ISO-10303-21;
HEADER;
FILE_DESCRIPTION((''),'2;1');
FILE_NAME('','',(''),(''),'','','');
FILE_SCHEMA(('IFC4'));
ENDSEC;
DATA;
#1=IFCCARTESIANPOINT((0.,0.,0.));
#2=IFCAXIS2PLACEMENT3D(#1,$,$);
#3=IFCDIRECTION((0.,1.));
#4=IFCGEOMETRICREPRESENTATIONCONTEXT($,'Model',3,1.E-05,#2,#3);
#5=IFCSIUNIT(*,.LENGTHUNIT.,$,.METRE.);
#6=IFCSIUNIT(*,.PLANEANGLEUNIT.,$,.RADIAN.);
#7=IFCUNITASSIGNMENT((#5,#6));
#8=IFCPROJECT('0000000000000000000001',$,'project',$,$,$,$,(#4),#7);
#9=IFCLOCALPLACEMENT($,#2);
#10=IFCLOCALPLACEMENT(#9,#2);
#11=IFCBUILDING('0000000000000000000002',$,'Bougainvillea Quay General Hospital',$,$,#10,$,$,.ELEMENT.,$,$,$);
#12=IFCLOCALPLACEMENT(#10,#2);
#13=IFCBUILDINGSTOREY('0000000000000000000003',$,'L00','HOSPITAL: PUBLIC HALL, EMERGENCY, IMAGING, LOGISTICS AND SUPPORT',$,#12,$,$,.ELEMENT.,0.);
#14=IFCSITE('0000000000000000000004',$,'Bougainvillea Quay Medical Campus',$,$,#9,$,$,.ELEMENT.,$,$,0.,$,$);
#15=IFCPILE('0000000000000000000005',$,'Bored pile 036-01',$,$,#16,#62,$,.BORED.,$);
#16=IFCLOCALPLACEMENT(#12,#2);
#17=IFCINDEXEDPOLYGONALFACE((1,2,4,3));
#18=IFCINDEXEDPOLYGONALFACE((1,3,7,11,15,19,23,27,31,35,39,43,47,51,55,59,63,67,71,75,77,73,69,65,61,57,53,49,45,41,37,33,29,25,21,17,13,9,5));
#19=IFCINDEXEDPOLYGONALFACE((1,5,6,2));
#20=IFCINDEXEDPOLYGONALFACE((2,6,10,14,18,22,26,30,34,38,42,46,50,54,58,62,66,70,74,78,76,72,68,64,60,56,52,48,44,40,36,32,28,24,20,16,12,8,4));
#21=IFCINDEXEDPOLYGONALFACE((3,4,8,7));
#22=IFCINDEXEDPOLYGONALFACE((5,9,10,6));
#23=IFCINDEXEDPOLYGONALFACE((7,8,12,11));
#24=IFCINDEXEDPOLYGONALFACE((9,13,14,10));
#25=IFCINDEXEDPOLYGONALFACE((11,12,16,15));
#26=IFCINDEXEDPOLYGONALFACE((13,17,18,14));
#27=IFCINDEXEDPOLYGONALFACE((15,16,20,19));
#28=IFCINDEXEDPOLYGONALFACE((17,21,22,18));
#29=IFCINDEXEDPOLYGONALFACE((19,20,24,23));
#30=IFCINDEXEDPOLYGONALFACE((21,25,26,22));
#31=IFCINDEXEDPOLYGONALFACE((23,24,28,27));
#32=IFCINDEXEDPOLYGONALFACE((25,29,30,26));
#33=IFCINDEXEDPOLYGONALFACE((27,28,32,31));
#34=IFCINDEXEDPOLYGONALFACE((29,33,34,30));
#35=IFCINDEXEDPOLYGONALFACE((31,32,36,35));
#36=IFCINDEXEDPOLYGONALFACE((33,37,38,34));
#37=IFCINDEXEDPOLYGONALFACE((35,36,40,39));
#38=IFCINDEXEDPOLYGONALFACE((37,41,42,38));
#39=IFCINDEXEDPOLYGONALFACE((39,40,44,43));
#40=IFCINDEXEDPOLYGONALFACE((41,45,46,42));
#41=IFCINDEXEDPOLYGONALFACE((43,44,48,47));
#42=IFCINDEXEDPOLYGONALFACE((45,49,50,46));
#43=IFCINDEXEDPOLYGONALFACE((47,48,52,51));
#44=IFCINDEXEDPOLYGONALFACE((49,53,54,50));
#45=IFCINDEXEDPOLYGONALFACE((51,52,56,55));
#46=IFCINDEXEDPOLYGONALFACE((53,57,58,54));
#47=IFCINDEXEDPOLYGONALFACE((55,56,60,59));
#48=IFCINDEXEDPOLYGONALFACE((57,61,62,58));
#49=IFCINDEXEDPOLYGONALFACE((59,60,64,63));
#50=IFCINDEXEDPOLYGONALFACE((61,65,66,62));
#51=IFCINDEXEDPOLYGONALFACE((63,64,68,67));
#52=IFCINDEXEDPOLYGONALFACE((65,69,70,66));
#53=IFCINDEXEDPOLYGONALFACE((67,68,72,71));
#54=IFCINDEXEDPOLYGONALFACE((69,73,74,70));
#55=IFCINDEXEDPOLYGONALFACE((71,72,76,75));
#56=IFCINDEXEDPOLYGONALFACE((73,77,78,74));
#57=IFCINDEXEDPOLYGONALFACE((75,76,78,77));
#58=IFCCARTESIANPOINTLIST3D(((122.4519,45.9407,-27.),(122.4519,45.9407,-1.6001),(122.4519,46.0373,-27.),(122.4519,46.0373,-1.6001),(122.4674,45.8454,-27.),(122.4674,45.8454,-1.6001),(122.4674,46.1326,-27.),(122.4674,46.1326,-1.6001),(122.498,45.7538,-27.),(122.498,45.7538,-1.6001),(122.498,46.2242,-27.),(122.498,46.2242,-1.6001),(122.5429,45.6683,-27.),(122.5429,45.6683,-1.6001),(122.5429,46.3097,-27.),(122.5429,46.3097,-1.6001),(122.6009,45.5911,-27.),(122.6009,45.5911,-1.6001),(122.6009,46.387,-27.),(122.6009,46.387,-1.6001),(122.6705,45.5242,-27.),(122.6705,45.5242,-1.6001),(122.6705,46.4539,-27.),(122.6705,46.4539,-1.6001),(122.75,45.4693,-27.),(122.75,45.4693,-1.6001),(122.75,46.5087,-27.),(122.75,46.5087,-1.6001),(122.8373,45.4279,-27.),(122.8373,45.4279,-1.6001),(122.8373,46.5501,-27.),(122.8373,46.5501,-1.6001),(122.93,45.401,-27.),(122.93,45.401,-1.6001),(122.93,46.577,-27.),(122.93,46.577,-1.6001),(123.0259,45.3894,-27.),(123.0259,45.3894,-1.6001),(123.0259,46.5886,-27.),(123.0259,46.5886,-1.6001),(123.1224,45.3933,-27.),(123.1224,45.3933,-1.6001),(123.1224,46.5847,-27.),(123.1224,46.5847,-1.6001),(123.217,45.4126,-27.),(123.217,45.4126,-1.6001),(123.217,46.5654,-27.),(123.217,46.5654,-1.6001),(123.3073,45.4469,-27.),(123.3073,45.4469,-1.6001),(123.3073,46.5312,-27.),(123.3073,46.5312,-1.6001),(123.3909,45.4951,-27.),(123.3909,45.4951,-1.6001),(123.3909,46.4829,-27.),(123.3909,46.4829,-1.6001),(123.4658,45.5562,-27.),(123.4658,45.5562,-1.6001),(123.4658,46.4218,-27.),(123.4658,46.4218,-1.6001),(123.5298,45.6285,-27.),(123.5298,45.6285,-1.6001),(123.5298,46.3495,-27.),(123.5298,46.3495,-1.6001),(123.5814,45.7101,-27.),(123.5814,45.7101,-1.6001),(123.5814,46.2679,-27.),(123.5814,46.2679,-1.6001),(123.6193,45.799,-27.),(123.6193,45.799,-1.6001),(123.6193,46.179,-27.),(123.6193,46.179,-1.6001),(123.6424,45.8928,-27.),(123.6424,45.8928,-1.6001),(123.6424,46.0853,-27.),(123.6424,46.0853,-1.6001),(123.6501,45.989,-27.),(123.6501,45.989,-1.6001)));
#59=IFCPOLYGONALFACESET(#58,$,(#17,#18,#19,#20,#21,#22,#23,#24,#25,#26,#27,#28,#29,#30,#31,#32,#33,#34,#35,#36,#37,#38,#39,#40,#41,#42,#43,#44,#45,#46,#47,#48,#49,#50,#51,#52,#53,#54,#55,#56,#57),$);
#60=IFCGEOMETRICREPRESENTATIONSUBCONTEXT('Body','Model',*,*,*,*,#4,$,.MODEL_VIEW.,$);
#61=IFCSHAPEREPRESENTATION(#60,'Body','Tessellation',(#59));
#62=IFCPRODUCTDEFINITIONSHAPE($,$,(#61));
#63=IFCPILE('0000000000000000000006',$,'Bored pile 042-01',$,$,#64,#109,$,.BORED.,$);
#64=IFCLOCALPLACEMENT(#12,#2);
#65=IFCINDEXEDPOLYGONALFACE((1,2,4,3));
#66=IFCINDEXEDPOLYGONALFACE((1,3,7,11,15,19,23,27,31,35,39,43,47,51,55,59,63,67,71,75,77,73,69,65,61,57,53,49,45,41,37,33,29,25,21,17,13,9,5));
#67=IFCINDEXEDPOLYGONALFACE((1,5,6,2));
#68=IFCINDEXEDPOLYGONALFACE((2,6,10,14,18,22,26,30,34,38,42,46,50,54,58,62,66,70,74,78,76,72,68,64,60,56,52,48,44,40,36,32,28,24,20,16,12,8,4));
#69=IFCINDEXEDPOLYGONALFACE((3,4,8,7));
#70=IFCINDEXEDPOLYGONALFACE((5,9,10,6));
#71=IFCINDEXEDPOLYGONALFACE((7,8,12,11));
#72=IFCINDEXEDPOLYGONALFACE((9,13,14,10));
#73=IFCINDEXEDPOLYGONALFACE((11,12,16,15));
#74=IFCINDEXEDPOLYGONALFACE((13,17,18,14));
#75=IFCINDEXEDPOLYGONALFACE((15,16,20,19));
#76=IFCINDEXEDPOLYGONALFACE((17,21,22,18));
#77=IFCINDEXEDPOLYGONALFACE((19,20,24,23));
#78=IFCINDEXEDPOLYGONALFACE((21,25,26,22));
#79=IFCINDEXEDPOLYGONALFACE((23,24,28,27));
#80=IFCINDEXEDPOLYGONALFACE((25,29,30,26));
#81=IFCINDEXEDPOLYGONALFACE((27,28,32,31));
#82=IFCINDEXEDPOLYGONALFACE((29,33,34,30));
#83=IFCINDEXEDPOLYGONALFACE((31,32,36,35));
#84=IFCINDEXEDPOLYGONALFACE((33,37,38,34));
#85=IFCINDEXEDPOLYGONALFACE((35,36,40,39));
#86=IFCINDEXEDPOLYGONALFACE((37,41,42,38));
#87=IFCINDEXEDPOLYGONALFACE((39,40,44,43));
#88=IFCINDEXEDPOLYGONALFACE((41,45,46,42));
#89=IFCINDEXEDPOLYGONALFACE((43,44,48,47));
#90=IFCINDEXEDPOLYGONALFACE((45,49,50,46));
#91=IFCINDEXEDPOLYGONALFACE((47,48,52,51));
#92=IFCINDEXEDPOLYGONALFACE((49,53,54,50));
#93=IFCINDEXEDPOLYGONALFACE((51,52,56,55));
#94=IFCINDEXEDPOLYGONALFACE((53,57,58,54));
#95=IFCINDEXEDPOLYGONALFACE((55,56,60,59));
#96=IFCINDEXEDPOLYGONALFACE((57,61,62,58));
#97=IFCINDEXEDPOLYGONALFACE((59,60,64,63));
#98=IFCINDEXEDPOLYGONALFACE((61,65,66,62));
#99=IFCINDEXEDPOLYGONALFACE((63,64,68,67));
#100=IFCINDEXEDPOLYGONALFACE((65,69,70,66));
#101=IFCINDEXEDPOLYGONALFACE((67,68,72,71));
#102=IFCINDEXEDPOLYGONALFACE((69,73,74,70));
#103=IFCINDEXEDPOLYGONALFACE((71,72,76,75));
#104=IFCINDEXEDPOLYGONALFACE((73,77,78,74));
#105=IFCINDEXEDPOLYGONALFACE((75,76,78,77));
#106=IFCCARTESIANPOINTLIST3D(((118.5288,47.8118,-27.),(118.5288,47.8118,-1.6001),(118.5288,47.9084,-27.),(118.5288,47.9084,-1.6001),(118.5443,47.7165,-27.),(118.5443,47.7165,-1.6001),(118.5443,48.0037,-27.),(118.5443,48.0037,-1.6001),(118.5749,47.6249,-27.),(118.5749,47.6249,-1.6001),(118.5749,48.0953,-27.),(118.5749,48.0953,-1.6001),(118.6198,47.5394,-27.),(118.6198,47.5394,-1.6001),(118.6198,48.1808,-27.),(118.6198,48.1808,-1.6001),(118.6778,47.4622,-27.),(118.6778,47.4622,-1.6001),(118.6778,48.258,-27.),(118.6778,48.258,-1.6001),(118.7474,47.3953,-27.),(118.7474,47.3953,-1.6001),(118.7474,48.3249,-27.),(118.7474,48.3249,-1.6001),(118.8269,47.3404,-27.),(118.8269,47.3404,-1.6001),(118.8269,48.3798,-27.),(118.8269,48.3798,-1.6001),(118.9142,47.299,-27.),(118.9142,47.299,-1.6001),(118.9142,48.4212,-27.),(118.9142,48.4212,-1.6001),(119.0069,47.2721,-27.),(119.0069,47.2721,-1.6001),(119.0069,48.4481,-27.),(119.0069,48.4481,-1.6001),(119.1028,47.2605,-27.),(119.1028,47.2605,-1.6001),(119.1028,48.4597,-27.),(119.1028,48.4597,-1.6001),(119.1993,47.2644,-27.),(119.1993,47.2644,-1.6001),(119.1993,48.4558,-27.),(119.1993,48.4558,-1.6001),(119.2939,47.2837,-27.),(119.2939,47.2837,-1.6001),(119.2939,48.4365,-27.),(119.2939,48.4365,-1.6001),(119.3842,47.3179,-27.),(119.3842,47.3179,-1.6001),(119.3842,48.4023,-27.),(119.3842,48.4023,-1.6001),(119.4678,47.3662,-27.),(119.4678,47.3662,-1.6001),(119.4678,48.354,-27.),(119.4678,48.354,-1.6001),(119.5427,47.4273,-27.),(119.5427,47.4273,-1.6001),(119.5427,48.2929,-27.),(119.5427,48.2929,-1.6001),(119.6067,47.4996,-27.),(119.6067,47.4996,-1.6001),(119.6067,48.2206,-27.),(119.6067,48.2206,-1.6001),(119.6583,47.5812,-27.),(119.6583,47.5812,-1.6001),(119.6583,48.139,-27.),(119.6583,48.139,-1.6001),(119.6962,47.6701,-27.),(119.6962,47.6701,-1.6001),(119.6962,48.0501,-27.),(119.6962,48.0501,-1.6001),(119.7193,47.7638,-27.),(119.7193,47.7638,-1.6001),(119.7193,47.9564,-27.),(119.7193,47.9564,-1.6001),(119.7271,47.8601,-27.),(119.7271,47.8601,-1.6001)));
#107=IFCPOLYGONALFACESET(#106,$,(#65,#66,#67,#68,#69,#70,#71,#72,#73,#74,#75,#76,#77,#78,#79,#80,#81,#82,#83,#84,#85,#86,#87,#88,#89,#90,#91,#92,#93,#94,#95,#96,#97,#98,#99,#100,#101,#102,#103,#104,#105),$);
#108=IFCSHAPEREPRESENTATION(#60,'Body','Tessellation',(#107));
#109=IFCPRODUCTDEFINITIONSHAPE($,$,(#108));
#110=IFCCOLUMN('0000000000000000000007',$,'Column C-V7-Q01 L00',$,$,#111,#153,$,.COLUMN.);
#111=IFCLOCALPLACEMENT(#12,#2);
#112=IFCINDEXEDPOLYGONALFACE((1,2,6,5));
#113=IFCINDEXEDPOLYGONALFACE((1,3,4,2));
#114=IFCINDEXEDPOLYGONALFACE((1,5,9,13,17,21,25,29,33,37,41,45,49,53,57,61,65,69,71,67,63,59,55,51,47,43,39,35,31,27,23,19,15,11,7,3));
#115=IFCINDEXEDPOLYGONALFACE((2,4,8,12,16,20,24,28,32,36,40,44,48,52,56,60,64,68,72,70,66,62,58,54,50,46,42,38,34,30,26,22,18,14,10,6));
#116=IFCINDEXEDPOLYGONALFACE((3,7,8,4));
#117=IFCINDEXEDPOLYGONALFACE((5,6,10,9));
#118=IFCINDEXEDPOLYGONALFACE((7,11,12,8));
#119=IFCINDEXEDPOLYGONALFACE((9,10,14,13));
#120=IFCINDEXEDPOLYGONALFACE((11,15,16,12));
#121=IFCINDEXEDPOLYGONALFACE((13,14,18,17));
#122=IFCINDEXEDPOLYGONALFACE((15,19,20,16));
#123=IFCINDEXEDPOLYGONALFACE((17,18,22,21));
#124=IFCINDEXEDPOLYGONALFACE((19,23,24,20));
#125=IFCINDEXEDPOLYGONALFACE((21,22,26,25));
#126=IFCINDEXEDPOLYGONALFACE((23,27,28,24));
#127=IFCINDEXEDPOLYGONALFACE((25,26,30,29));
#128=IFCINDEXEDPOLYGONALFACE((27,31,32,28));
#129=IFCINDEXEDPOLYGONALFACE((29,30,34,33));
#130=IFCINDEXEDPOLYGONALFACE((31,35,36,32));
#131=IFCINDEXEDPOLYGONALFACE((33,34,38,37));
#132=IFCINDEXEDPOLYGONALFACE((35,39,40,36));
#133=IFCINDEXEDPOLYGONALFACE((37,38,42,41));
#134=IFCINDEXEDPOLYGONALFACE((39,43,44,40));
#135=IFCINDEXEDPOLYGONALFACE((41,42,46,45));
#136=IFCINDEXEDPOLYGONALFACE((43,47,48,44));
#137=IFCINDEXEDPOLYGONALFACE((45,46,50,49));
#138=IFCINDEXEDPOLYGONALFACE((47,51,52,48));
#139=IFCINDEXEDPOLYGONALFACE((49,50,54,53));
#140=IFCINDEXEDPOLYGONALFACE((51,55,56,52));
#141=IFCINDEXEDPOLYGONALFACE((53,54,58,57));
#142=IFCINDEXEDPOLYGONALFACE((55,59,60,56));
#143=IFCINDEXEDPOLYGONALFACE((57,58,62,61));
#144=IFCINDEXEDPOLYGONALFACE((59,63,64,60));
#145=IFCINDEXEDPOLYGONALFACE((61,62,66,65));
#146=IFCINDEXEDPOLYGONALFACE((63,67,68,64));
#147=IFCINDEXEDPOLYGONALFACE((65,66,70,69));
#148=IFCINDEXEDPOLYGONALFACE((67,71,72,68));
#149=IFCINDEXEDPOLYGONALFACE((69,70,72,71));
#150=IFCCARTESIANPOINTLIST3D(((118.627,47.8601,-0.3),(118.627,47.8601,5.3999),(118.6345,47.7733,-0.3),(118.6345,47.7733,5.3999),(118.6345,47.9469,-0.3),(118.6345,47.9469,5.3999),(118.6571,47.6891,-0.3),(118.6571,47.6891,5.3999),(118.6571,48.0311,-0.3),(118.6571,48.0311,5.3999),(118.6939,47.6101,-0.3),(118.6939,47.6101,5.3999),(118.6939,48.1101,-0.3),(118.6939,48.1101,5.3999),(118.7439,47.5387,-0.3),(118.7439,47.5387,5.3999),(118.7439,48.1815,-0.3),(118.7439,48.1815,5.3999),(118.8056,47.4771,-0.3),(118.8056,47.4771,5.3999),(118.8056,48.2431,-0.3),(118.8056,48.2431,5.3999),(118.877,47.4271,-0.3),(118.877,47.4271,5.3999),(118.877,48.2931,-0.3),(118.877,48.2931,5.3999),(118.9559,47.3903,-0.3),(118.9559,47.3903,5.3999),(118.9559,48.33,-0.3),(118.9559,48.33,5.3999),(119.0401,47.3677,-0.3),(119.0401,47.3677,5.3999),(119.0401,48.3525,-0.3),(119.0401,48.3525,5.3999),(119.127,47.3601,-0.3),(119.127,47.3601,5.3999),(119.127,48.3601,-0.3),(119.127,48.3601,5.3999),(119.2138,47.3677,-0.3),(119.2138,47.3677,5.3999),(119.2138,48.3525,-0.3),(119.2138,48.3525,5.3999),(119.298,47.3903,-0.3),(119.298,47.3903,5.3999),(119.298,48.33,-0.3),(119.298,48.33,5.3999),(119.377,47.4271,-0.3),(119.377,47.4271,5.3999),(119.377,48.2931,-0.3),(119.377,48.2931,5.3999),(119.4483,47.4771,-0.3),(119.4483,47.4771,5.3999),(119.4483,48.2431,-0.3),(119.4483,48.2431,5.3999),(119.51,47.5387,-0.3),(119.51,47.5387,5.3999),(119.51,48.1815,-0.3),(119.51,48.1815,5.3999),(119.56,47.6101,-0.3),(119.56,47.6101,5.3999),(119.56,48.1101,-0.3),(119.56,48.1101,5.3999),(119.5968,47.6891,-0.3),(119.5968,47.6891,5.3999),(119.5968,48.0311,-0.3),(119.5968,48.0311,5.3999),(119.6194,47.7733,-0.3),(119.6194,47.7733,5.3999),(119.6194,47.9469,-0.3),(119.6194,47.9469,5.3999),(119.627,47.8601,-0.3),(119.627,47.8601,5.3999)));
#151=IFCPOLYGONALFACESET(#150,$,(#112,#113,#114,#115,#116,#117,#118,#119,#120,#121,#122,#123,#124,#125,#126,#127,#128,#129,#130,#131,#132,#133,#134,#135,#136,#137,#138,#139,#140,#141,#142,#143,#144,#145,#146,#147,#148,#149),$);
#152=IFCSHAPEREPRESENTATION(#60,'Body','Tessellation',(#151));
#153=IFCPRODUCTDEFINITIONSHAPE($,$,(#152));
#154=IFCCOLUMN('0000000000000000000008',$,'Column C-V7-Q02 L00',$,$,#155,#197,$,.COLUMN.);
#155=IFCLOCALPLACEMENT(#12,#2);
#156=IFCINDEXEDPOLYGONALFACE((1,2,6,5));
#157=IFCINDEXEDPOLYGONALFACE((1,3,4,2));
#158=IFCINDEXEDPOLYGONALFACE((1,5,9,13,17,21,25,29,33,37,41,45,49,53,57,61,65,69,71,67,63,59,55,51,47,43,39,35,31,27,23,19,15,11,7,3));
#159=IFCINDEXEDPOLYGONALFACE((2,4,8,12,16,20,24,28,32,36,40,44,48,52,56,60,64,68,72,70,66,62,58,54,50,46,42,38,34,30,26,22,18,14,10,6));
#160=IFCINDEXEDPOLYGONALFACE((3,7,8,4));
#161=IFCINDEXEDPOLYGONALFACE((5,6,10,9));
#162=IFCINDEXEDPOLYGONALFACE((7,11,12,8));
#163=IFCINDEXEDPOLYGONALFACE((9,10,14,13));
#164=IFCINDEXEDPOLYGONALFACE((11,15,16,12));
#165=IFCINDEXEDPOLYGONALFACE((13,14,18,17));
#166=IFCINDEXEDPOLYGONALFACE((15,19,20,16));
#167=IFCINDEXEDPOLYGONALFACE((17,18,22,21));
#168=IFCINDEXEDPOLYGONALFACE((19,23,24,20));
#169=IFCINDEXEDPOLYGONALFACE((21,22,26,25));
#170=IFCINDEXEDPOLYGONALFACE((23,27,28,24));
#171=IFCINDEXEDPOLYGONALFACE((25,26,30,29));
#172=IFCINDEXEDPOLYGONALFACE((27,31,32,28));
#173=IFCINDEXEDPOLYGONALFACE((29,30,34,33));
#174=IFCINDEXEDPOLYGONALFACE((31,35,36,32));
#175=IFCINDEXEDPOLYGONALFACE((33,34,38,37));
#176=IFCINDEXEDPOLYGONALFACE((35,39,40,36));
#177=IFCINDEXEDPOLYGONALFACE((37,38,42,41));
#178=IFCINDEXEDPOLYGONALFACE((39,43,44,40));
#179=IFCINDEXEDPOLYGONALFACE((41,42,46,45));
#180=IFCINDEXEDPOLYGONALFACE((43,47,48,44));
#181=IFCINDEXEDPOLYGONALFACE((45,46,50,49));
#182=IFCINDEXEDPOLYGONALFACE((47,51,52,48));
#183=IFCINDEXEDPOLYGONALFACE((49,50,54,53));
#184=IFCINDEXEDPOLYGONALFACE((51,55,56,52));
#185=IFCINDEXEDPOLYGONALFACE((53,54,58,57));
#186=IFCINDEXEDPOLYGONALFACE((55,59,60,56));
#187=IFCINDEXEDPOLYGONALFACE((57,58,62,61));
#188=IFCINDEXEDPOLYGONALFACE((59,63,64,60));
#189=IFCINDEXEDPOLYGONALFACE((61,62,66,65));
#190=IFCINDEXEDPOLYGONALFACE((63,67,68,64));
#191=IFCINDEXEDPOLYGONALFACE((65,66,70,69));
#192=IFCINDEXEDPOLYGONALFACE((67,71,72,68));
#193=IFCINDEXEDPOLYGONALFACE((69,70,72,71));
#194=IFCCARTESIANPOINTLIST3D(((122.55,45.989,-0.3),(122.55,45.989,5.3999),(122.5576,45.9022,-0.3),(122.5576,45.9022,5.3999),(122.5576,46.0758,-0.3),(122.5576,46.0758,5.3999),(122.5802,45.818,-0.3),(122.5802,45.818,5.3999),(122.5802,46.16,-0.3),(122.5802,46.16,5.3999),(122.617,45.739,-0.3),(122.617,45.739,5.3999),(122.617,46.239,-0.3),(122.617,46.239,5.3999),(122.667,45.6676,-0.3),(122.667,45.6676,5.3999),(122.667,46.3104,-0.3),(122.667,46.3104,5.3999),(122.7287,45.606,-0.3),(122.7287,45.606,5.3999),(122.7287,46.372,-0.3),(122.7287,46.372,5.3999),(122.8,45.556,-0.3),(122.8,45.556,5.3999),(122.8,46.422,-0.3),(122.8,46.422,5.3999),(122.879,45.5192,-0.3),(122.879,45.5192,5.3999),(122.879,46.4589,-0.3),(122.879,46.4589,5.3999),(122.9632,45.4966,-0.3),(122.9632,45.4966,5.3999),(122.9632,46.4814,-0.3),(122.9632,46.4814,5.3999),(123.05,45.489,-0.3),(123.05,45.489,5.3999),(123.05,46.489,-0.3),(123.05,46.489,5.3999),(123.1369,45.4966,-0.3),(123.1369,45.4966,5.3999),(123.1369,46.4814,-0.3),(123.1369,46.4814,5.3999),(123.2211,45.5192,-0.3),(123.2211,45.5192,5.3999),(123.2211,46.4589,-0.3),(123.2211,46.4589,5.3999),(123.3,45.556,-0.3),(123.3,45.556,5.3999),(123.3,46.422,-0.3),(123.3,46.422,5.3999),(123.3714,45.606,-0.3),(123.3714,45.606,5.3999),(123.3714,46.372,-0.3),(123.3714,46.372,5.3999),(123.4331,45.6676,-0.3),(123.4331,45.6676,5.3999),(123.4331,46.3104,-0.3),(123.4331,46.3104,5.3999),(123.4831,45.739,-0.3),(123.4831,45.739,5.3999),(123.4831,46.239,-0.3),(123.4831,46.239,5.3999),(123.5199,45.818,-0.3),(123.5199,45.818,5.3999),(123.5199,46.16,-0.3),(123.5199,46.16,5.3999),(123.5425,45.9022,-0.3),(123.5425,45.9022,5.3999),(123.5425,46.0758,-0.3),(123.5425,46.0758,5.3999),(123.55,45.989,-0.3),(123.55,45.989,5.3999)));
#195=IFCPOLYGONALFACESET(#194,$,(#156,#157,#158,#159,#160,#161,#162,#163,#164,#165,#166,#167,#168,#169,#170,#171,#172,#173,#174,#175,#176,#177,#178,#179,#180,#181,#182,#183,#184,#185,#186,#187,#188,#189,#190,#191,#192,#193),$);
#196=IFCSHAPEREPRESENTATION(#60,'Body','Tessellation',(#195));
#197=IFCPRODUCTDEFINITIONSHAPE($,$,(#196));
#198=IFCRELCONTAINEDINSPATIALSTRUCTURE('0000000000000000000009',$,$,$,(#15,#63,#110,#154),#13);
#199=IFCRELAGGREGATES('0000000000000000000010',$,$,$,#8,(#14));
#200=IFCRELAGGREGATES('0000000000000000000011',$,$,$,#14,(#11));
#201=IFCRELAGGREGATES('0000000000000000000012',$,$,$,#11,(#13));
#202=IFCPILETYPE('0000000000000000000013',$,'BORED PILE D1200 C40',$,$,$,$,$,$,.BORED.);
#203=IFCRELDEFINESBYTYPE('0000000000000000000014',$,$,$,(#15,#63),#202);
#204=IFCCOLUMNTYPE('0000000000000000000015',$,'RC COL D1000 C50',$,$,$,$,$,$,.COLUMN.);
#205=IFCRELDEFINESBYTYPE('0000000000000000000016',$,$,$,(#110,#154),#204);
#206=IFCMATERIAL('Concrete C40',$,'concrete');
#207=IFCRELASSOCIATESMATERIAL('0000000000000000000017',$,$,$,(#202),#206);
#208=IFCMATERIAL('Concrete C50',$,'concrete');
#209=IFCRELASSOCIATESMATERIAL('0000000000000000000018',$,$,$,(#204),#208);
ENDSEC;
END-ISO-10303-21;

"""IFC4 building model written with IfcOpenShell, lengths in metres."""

from ifc_helpers import new_model, si_unit, direction, frame, origin, origin_2d, place, context, subcontext, project, spatial, circle, extrude, material, material_profile, profile_set, type_object, element, save


model = new_model("IFC4")

# Units and contexts
model_context = context("Model", 3, precision=1e-05, world=origin(), true_north=direction((0.0, 1.0)))
body_context = subcontext(model_context, "Body", "Model", "MODEL_VIEW")
ifc_project = project(units=[si_unit("LENGTHUNIT", "METRE"), si_unit("PLANEANGLEUNIT", "RADIAN")], contexts=[model_context])

# Site, building, storey
site_placement = place(None, origin())
site = spatial("IfcSite", under=ifc_project, at=site_placement, Name="Bougainvillea Quay Medical Campus", CompositionType="ELEMENT", RefElevation=0.0)
building_placement = place(site_placement, origin())
building = spatial("IfcBuilding", under=site, at=building_placement, Name="Bougainvillea Quay General Hospital", CompositionType="ELEMENT")
storey_placement = place(building_placement, origin())
storey = spatial("IfcBuildingStorey", under=building, at=storey_placement, Name="L00", Description="HOSPITAL: PUBLIC HALL, EMERGENCY, IMAGING, LOGISTICS AND SUPPORT", CompositionType="ELEMENT", Elevation=0.0)

# Piles
ifc_material_1 = material(Name="Concrete C40", Category="concrete")
ifc_material_profile_1 = material_profile(ifc_material_1, circle(Radius=0.6001, at=origin_2d()))
ifc_profile_set_1 = profile_set([ifc_material_profile_1], Name="Concrete C40")
pile_type = type_object("IfcPileType", Name="BORED PILE D1200 C40", PredefinedType="BORED", material=ifc_profile_set_1)
for number, where, z_axis, x_axis, name in (
    (1, (123.05, 45.989, -1.6001), (0.0, 0.0, -1.0), (1.0, 0.0, 0.0), "Bored pile 036-01"),
    (2, (119.127, 47.8601, -1.6001), (0.0, 0.0, -1.0), (1.0, 0.0, 0.0), "Bored pile 042-01"),
):
    element("IfcPile", number, at=place(storey_placement, frame(where, z_axis=z_axis, x_axis=x_axis)), inside=storey, type_object=pile_type, Name=name, PredefinedType="BORED", context=body_context, shape_type="SweptSolid", body=[
        extrude(circle(Radius=0.6001, at=origin_2d()), origin(), (0.0, 0.0, 1.0), 25.3999),
    ])

# Columns
ifc_material_2 = material(Name="Concrete C50", Category="concrete")
ifc_material_profile_2 = material_profile(ifc_material_2, circle(Radius=0.5, at=origin_2d()))
ifc_profile_set_2 = profile_set([ifc_material_profile_2], Name="Concrete C50")
column_type = type_object("IfcColumnType", Name="RC COL D1000 C50", PredefinedType="COLUMN", material=ifc_profile_set_2)
for number, where, z_axis, x_axis, name in (
    (3, (119.127, 47.8601, -0.3), (0.0, 0.0, 1.0), (1.0, 0.0, 0.0), "Column C-V7-Q01 L00"),
    (4, (123.05, 45.989, -0.3), (0.0, 0.0, 1.0), (1.0, 0.0, 0.0), "Column C-V7-Q02 L00"),
):
    element("IfcColumn", number, at=place(storey_placement, frame(where, z_axis=z_axis, x_axis=x_axis)), inside=storey, type_object=column_type, Name=name, PredefinedType="COLUMN", context=body_context, shape_type="SweptSolid", body=[
        extrude(circle(Radius=0.5, at=origin_2d()), origin(), (0.0, 0.0, 1.0), 5.7),
    ])

save(model, "model.ifc")
